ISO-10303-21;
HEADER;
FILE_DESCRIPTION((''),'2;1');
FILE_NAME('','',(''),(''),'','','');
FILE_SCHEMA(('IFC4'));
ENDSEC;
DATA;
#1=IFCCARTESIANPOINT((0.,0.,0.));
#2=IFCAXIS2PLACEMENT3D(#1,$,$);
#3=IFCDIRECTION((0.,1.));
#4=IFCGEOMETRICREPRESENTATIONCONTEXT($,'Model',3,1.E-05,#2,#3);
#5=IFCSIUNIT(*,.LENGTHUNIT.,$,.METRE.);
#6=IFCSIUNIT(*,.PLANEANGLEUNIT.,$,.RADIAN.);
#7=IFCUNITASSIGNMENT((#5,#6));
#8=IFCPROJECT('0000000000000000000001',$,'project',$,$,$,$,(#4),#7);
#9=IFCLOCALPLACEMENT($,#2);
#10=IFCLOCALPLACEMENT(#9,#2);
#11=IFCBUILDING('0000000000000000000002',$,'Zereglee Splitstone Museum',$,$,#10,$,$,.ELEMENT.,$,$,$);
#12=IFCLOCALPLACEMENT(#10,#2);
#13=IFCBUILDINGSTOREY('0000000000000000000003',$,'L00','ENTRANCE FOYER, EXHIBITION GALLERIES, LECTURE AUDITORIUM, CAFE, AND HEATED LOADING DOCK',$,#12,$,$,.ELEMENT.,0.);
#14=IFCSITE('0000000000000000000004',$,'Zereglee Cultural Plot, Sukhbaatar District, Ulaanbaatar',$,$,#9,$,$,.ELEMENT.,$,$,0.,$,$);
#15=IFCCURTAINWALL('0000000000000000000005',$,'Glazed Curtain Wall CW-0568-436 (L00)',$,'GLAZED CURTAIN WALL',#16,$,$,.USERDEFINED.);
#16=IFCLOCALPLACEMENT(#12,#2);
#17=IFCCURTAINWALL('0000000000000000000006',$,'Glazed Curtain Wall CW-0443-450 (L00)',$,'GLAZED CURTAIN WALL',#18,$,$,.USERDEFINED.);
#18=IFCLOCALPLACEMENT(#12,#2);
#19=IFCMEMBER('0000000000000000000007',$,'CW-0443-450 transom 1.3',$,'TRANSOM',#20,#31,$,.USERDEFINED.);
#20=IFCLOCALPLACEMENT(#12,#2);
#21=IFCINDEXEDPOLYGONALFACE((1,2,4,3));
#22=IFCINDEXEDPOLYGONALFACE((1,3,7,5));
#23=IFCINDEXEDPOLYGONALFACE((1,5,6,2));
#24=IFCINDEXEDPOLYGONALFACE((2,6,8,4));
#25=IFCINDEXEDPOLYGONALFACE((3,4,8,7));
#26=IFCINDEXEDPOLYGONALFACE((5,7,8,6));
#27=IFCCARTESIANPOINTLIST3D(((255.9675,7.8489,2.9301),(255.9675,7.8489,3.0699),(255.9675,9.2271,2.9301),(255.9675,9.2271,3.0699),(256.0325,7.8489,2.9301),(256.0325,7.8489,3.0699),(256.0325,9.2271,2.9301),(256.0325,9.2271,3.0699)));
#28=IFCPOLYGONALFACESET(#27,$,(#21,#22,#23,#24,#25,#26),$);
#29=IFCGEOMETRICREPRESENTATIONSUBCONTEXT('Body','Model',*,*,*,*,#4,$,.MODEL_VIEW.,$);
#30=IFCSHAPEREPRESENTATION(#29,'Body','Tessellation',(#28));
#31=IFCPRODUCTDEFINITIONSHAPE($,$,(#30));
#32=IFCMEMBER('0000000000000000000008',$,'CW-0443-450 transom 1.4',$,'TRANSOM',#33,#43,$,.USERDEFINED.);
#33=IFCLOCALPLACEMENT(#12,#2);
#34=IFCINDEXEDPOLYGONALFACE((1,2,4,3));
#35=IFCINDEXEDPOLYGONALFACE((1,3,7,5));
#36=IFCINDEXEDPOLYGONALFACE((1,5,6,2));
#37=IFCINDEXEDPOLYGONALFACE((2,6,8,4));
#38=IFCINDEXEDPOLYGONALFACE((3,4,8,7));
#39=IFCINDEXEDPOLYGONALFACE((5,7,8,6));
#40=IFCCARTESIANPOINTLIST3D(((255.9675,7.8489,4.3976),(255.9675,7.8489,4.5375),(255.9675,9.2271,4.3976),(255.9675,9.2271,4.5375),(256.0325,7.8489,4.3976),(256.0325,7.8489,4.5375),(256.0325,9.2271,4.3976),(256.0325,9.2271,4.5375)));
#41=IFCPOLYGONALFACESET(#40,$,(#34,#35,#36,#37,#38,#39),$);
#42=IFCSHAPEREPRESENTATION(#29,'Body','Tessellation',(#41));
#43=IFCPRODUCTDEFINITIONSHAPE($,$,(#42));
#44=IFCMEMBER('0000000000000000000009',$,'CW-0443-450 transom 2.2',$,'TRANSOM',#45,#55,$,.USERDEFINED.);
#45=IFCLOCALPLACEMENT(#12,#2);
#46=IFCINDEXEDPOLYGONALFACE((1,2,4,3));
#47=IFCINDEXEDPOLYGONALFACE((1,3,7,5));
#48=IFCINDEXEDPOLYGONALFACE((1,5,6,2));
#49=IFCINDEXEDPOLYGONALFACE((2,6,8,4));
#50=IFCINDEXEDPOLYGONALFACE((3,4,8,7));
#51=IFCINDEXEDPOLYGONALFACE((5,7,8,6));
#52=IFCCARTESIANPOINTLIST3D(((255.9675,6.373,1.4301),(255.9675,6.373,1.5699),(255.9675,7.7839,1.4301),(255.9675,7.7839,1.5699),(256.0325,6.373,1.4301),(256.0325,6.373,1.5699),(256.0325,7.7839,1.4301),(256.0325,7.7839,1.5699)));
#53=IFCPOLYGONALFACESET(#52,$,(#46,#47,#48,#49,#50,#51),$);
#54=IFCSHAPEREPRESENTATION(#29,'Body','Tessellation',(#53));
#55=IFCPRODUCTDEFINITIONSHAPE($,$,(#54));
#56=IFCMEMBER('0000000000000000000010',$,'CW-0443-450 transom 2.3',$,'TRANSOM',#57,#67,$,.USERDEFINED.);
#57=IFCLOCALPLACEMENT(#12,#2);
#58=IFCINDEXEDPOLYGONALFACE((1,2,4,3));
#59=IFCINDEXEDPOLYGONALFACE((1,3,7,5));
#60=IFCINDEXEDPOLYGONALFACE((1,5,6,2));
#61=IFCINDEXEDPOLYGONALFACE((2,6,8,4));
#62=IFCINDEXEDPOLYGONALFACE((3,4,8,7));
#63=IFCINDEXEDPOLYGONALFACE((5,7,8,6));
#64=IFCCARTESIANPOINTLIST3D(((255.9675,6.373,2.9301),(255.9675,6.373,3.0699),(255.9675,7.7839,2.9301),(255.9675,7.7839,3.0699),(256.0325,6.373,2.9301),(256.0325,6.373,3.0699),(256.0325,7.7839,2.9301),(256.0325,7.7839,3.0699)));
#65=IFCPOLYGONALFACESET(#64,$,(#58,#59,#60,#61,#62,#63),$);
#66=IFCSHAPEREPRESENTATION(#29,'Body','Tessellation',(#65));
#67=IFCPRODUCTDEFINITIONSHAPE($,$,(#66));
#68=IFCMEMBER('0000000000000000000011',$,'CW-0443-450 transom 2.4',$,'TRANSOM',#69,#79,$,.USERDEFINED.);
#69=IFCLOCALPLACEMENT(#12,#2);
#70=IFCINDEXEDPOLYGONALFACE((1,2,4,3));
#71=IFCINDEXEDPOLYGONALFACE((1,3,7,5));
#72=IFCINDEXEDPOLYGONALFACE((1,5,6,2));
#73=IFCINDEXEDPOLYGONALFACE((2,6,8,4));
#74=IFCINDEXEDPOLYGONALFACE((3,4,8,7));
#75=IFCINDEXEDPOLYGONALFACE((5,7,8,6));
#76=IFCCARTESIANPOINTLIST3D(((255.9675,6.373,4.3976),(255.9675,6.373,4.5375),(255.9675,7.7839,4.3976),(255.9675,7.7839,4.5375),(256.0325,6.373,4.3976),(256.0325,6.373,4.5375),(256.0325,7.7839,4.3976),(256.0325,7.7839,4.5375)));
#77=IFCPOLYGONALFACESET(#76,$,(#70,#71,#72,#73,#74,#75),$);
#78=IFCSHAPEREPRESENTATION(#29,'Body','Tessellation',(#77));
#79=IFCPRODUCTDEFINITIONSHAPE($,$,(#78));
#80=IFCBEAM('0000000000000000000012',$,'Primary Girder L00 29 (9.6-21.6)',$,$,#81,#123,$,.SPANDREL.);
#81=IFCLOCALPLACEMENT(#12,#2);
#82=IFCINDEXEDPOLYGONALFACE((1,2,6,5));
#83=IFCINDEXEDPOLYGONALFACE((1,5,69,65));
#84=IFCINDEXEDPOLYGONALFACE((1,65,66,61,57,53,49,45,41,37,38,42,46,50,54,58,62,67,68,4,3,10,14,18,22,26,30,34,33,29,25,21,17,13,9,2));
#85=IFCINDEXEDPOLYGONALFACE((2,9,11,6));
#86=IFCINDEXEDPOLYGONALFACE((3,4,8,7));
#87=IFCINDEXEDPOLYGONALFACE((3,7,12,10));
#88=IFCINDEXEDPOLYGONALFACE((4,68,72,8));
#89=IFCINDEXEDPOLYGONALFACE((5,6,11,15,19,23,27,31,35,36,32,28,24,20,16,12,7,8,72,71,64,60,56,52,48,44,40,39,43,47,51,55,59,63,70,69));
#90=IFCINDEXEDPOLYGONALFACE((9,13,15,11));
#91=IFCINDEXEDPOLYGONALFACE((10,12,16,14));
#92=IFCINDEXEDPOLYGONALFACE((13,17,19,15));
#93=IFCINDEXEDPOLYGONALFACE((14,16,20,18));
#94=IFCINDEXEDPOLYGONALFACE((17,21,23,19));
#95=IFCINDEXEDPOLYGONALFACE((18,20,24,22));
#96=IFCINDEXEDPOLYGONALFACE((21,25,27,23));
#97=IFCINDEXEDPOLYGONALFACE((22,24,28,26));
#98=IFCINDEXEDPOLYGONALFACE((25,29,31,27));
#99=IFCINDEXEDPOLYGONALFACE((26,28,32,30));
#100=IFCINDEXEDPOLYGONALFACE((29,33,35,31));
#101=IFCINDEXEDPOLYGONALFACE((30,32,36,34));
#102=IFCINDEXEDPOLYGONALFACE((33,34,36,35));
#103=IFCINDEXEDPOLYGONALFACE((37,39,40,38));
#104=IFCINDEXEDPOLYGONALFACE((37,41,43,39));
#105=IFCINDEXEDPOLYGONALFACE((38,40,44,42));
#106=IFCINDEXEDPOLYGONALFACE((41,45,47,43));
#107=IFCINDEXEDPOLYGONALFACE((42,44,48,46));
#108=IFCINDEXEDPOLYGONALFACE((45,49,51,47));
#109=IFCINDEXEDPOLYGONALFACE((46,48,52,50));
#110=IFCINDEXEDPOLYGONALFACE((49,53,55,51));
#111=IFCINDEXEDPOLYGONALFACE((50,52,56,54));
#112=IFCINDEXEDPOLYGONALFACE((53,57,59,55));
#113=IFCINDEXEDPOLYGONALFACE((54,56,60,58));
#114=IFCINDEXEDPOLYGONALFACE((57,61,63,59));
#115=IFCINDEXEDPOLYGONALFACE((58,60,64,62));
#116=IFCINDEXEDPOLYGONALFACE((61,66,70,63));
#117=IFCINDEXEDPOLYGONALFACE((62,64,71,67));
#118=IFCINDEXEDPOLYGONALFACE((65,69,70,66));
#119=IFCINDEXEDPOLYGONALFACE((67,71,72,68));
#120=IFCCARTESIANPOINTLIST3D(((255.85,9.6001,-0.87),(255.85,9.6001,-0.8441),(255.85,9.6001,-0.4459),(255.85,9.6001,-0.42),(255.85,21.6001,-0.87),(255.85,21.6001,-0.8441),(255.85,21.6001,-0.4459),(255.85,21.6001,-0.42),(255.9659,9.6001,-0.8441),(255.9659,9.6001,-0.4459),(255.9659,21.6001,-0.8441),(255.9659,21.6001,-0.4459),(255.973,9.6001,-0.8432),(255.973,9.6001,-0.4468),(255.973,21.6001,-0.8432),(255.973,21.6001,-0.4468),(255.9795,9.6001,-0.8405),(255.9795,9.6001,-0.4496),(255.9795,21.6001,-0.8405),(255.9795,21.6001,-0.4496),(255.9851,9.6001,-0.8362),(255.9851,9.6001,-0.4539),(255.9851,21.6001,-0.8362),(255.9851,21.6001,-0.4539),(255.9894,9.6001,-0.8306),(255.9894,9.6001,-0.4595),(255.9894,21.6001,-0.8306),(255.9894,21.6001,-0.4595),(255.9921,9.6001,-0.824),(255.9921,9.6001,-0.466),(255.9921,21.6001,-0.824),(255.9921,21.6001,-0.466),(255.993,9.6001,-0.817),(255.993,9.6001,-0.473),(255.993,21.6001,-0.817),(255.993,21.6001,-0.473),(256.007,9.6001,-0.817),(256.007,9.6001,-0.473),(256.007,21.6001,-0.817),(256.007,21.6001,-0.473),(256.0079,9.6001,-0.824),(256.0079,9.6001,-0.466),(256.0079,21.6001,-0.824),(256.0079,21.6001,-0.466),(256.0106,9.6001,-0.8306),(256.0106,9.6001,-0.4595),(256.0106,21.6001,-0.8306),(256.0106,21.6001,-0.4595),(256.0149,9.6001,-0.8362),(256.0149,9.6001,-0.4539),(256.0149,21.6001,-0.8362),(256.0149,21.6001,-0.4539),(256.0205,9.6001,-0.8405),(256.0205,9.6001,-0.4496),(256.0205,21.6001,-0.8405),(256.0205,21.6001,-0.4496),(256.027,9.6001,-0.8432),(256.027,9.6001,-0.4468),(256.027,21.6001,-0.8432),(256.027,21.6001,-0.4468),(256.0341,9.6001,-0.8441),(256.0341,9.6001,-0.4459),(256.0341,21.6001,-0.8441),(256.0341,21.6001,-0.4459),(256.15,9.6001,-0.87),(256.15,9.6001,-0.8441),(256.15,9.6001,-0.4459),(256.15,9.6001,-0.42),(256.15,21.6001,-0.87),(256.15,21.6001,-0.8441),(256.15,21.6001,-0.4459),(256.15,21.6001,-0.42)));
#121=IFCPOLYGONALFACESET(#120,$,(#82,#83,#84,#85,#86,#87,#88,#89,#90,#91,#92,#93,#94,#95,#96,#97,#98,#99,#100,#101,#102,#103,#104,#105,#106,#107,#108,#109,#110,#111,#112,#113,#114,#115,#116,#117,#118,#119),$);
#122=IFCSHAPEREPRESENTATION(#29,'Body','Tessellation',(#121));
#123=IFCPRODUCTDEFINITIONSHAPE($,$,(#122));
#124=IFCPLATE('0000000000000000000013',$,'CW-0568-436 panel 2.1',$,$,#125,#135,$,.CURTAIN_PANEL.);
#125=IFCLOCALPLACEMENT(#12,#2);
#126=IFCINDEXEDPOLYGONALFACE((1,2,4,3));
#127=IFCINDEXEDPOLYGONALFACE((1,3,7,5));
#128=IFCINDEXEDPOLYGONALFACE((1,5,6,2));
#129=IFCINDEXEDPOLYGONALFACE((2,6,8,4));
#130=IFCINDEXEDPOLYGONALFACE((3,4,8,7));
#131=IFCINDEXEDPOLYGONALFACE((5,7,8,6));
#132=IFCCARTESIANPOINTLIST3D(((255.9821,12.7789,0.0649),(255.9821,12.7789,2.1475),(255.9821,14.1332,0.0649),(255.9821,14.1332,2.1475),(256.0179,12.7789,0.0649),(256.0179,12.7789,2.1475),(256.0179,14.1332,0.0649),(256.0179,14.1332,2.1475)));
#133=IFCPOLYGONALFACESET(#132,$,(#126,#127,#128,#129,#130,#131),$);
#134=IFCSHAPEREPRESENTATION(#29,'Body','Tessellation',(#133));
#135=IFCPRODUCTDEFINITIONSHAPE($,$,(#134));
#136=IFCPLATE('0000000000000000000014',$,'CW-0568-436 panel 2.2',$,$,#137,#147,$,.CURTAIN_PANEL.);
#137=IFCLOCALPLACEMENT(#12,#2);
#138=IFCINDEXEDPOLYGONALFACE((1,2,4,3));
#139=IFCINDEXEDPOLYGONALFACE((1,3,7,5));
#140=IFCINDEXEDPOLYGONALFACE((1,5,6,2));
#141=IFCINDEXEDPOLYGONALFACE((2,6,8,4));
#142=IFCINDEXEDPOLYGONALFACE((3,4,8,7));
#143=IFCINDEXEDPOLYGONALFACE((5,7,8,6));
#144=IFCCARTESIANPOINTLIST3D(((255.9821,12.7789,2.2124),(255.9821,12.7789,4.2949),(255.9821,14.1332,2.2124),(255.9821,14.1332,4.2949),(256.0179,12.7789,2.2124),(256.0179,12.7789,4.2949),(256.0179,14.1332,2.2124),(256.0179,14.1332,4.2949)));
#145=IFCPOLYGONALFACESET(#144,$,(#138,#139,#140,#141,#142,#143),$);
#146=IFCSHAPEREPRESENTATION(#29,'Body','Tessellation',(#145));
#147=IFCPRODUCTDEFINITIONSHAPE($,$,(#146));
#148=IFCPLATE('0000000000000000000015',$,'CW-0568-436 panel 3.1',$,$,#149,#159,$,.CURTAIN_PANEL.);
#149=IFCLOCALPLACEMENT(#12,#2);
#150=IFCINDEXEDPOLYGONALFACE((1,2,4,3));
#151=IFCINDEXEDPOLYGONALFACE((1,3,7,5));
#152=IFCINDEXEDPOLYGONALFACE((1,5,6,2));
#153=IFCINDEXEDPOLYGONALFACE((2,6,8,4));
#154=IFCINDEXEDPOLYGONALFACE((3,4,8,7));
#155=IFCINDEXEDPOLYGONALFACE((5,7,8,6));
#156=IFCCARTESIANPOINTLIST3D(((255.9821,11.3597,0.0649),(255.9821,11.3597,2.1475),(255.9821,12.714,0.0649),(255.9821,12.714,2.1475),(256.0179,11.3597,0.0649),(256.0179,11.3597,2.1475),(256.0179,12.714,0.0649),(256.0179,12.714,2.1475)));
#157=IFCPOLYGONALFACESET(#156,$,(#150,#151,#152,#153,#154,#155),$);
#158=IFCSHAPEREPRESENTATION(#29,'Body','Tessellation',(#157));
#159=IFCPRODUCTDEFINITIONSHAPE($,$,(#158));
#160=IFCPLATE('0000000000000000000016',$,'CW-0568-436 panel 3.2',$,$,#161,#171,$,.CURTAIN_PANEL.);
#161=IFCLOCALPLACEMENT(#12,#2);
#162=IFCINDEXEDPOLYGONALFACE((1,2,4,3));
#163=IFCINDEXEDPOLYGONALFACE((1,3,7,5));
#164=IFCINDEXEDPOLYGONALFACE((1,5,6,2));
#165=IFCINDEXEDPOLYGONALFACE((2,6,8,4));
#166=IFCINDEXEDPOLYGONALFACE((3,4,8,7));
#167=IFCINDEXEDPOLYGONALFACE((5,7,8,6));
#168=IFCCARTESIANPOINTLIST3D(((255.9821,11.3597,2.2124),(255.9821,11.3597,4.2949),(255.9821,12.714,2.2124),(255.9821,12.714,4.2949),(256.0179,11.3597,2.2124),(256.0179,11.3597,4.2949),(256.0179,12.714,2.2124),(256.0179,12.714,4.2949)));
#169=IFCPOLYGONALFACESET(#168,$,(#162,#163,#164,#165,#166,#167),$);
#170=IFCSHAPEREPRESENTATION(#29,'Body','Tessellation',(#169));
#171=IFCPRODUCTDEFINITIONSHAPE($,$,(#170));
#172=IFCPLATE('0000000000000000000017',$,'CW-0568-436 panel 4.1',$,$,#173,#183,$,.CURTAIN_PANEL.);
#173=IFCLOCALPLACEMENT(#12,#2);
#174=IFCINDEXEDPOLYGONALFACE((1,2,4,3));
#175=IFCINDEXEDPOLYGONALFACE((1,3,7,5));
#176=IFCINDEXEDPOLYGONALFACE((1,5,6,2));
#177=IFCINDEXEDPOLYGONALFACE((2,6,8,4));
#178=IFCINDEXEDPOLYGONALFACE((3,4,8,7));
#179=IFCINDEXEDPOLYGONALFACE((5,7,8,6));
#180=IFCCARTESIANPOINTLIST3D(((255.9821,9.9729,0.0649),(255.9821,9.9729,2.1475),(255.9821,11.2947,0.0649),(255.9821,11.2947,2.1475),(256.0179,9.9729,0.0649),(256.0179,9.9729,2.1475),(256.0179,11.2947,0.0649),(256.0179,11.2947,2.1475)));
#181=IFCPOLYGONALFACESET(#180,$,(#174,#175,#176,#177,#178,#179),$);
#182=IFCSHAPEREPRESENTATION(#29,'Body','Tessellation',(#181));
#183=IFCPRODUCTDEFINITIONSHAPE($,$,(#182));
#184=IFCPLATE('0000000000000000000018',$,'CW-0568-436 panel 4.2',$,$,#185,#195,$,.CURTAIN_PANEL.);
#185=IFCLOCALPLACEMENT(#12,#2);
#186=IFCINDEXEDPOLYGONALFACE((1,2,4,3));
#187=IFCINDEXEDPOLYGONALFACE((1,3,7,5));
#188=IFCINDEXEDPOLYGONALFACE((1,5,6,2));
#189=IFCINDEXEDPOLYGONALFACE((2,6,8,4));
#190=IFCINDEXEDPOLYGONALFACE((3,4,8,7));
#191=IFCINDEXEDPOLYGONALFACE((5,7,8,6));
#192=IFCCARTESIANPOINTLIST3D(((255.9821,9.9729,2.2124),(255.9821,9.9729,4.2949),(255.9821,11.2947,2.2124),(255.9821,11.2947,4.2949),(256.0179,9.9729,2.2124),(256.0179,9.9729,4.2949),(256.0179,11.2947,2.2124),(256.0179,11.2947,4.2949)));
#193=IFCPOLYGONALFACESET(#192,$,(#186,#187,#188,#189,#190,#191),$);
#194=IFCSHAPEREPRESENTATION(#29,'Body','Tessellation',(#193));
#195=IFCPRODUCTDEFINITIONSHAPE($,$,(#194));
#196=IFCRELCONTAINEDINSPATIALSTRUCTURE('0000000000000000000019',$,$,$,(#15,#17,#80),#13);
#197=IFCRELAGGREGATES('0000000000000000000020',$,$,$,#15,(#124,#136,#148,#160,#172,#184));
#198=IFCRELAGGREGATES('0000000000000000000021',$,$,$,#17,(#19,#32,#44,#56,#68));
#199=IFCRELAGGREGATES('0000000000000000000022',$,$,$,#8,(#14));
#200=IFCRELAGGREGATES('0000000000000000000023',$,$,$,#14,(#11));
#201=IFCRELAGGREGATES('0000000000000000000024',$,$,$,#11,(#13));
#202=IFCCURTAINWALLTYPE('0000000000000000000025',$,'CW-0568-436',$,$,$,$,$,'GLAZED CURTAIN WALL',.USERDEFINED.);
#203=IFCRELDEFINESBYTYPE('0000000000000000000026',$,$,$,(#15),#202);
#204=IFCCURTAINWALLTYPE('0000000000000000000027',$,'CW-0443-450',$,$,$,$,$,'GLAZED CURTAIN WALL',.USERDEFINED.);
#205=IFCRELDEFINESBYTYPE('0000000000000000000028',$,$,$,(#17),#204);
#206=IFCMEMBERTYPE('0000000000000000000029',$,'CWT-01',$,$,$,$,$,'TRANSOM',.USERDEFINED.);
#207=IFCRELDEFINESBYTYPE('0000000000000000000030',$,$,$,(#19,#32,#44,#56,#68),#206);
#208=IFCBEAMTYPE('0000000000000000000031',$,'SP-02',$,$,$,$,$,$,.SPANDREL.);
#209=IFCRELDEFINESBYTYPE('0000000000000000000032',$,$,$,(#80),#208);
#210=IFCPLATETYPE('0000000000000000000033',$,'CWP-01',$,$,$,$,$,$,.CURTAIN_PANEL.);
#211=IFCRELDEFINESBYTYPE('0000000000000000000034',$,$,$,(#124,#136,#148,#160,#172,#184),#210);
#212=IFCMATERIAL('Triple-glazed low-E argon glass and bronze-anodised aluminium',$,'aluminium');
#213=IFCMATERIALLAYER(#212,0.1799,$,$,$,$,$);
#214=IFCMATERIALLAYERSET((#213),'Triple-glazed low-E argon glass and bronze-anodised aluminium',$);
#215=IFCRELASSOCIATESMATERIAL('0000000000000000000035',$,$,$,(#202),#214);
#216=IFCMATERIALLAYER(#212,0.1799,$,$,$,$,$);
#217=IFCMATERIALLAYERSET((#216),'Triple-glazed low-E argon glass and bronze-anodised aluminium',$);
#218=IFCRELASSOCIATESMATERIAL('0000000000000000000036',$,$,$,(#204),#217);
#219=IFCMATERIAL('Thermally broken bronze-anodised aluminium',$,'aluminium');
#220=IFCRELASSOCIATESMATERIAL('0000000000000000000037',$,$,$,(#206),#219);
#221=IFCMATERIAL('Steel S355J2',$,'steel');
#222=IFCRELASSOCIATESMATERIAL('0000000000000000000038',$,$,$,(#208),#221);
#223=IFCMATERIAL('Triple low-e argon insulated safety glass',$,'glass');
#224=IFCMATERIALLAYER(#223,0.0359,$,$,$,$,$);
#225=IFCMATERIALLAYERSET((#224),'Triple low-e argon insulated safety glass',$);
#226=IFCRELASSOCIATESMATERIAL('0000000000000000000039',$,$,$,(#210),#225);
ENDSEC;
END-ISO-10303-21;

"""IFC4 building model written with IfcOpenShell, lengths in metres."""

from ifc_helpers import new_model, si_unit, direction, frame, origin, origin_2d, place, context, subcontext, project, spatial, rectangle, i_section, extrude, material, layer, layer_set, material_profile, profile_set, type_object, element, aggregate, save


model = new_model("IFC4")

# Units and contexts
model_context = context("Model", 3, precision=1e-05, world=origin(), true_north=direction((0.0, 1.0)))
body_context = subcontext(model_context, "Body", "Model", "MODEL_VIEW")
ifc_project = project(units=[si_unit("LENGTHUNIT", "METRE"), si_unit("PLANEANGLEUNIT", "RADIAN")], contexts=[model_context])

# Site, building, storey
site_placement = place(None, origin())
site = spatial("IfcSite", under=ifc_project, at=site_placement, Name="Zereglee Cultural Plot, Sukhbaatar District, Ulaanbaatar", CompositionType="ELEMENT", RefElevation=0.0)
building_placement = place(site_placement, origin())
building = spatial("IfcBuilding", under=site, at=building_placement, Name="Zereglee Splitstone Museum", CompositionType="ELEMENT")
storey_placement = place(building_placement, origin())
storey = spatial("IfcBuildingStorey", under=building, at=storey_placement, Name="L00", Description="ENTRANCE FOYER, EXHIBITION GALLERIES, LECTURE AUDITORIUM, CAFE, AND HEATED LOADING DOCK", CompositionType="ELEMENT", Elevation=0.0)

# Curtain walls
ifc_material_1 = material(Name="Triple-glazed low-E argon glass and bronze-anodised aluminium", Category="aluminium")
ifc_layer_1 = layer(ifc_material_1, 0.1799)
ifc_layer_set_1 = layer_set([ifc_layer_1], Name="Triple-glazed low-E argon glass and bronze-anodised aluminium")
curtain_wall_type_1 = type_object("IfcCurtainWallType", Name="CW-0568-436", ElementType="GLAZED CURTAIN WALL", PredefinedType="USERDEFINED", material=ifc_layer_set_1)
curtain_wall_1_placement = place(storey_placement, origin())
curtain_wall_1 = element("IfcCurtainWall", 1, at=curtain_wall_1_placement, inside=storey, type_object=curtain_wall_type_1, Name="Glazed Curtain Wall CW-0568-436 (L00)", ObjectType="GLAZED CURTAIN WALL", PredefinedType="USERDEFINED")
ifc_material_2 = material(Name="Thermally broken bronze-anodised aluminium", Category="aluminium")
ifc_layer_2 = layer(ifc_material_1, 0.1799)
ifc_layer_set_2 = layer_set([ifc_layer_2], Name="Triple-glazed low-E argon glass and bronze-anodised aluminium")
curtain_wall_type_2 = type_object("IfcCurtainWallType", Name="CW-0443-450", ElementType="GLAZED CURTAIN WALL", PredefinedType="USERDEFINED", material=ifc_layer_set_2)
curtain_wall_2_placement = place(storey_placement, origin())
curtain_wall_2 = element("IfcCurtainWall", 2, at=curtain_wall_2_placement, inside=storey, type_object=curtain_wall_type_2, Name="Glazed Curtain Wall CW-0443-450 (L00)", ObjectType="GLAZED CURTAIN WALL", PredefinedType="USERDEFINED")

# Members
ifc_material_profile_1 = material_profile(ifc_material_2, rectangle(XDim=0.0649, YDim=0.1399, at=origin_2d()), Name="CW TRAN 65x140")
ifc_profile_set_1 = profile_set([ifc_material_profile_1], Name="Thermally broken bronze-anodised aluminium")
member_type_1 = type_object("IfcMemberType", Name="CWT-01", ElementType="TRANSOM", PredefinedType="USERDEFINED", material=ifc_profile_set_1)
member_1_placement = place(storey_placement, frame((256.0, 9.2271, 3.0), z_axis=(0.0, -1.0, 0.0), x_axis=(1.0, 0.0, 0.0)))
member_1 = element("IfcMember", 3, at=member_1_placement, type_object=member_type_1, Name="CW-0443-450 transom 1.3", ObjectType="TRANSOM", PredefinedType="USERDEFINED", context=body_context, shape_type="SweptSolid", body=[
    extrude(rectangle(XDim=0.0649, YDim=0.1399, at=origin_2d()), origin(), (0.0, 0.0, 1.0), 1.3782),
])
member_2_placement = place(storey_placement, frame((256.0, 9.2271, 4.4675), z_axis=(0.0, -1.0, 0.0), x_axis=(1.0, 0.0, 0.0)))
member_2 = element("IfcMember", 4, at=member_2_placement, type_object=member_type_1, Name="CW-0443-450 transom 1.4", ObjectType="TRANSOM", PredefinedType="USERDEFINED", context=body_context, shape_type="SweptSolid", body=[
    extrude(rectangle(XDim=0.0649, YDim=0.1399, at=origin_2d()), origin(), (0.0, 0.0, 1.0), 1.3782),
])
member_3_placement = place(storey_placement, frame((256.0, 7.7839, 1.5), z_axis=(0.0, -1.0, 0.0), x_axis=(1.0, 0.0, 0.0)))
member_3 = element("IfcMember", 5, at=member_3_placement, type_object=member_type_1, Name="CW-0443-450 transom 2.2", ObjectType="TRANSOM", PredefinedType="USERDEFINED", context=body_context, shape_type="SweptSolid", body=[
    extrude(rectangle(XDim=0.0649, YDim=0.1399, at=origin_2d()), origin(), (0.0, 0.0, 1.0), 1.4109),
])
member_4_placement = place(storey_placement, frame((256.0, 7.7839, 3.0), z_axis=(0.0, -1.0, 0.0), x_axis=(1.0, 0.0, 0.0)))
member_4 = element("IfcMember", 6, at=member_4_placement, type_object=member_type_1, Name="CW-0443-450 transom 2.3", ObjectType="TRANSOM", PredefinedType="USERDEFINED", context=body_context, shape_type="SweptSolid", body=[
    extrude(rectangle(XDim=0.0649, YDim=0.1399, at=origin_2d()), origin(), (0.0, 0.0, 1.0), 1.4109),
])
member_5_placement = place(storey_placement, frame((256.0, 7.7839, 4.4675), z_axis=(0.0, -1.0, 0.0), x_axis=(1.0, 0.0, 0.0)))
member_5 = element("IfcMember", 7, at=member_5_placement, type_object=member_type_1, Name="CW-0443-450 transom 2.4", ObjectType="TRANSOM", PredefinedType="USERDEFINED", context=body_context, shape_type="SweptSolid", body=[
    extrude(rectangle(XDim=0.0649, YDim=0.1399, at=origin_2d()), origin(), (0.0, 0.0, 1.0), 1.4109),
])

# Beam
ifc_material_3 = material(Name="Steel S355J2", Category="steel")
ifc_material_profile_2 = material_profile(ifc_material_3, i_section(OverallWidth=0.3, OverallDepth=0.45, WebThickness=0.0139, FlangeThickness=0.0259, FilletRadius=0.0271, at=origin_2d()), Name="HE 450 B")
ifc_profile_set_2 = profile_set([ifc_material_profile_2], Name="Steel S355J2")
beam_type = type_object("IfcBeamType", Name="SP-02", PredefinedType="SPANDREL", material=ifc_profile_set_2)
beam_placement = place(storey_placement, frame((256.0, 9.6001, -0.645), z_axis=(0.0, 1.0, 0.0), x_axis=(-1.0, 0.0, 0.0)))
element("IfcBeam", 8, at=beam_placement, inside=storey, type_object=beam_type, Name="Primary Girder L00 29 (9.6-21.6)", PredefinedType="SPANDREL", context=body_context, shape_type="SweptSolid", body=[
    extrude(i_section(OverallWidth=0.3, OverallDepth=0.45, WebThickness=0.0139, FlangeThickness=0.0259, FilletRadius=0.0271, at=origin_2d()), origin(), (0.0, 0.0, 1.0), 12.0),
])

# Plates
ifc_material_4 = material(Name="Triple low-e argon insulated safety glass", Category="glass")
ifc_layer_3 = layer(ifc_material_4, 0.0359)
ifc_layer_set_3 = layer_set([ifc_layer_3], Name="Triple low-e argon insulated safety glass")
plate_type = type_object("IfcPlateType", Name="CWP-01", PredefinedType="CURTAIN_PANEL", material=ifc_layer_set_3)
plate_1_placement = place(storey_placement, frame((256.0, 13.4561, 0.0649), z_axis=(0.0, 0.0, 1.0), x_axis=(0.0, -1.0, 0.0)))
plate_1 = element("IfcPlate", 9, at=plate_1_placement, type_object=plate_type, Name="CW-0568-436 panel 2.1", PredefinedType="CURTAIN_PANEL", context=body_context, shape_type="SweptSolid", body=[
    extrude(rectangle(XDim=1.3542, YDim=0.0359, at=origin_2d()), origin(), (0.0, 0.0, 1.0), 2.0825),
])
plate_2_placement = place(storey_placement, frame((256.0, 13.4561, 2.2124), z_axis=(0.0, 0.0, 1.0), x_axis=(0.0, -1.0, 0.0)))
plate_2 = element("IfcPlate", 10, at=plate_2_placement, type_object=plate_type, Name="CW-0568-436 panel 2.2", PredefinedType="CURTAIN_PANEL", context=body_context, shape_type="SweptSolid", body=[
    extrude(rectangle(XDim=1.3542, YDim=0.0359, at=origin_2d()), origin(), (0.0, 0.0, 1.0), 2.0825),
])
plate_3_placement = place(storey_placement, frame((256.0, 12.0369, 0.0649), z_axis=(0.0, 0.0, 1.0), x_axis=(0.0, -1.0, 0.0)))
plate_3 = element("IfcPlate", 11, at=plate_3_placement, type_object=plate_type, Name="CW-0568-436 panel 3.1", PredefinedType="CURTAIN_PANEL", context=body_context, shape_type="SweptSolid", body=[
    extrude(rectangle(XDim=1.3542, YDim=0.0359, at=origin_2d()), origin(), (0.0, 0.0, 1.0), 2.0825),
])
plate_4_placement = place(storey_placement, frame((256.0, 12.0369, 2.2124), z_axis=(0.0, 0.0, 1.0), x_axis=(0.0, -1.0, 0.0)))
plate_4 = element("IfcPlate", 12, at=plate_4_placement, type_object=plate_type, Name="CW-0568-436 panel 3.2", PredefinedType="CURTAIN_PANEL", context=body_context, shape_type="SweptSolid", body=[
    extrude(rectangle(XDim=1.3542, YDim=0.0359, at=origin_2d()), origin(), (0.0, 0.0, 1.0), 2.0825),
])
plate_5_placement = place(storey_placement, frame((256.0, 10.6338, 0.0649), z_axis=(0.0, 0.0, 1.0), x_axis=(0.0, -1.0, 0.0)))
plate_5 = element("IfcPlate", 13, at=plate_5_placement, type_object=plate_type, Name="CW-0568-436 panel 4.1", PredefinedType="CURTAIN_PANEL", context=body_context, shape_type="SweptSolid", body=[
    extrude(rectangle(XDim=1.3218, YDim=0.0359, at=origin_2d()), origin(), (0.0, 0.0, 1.0), 2.0825),
])
plate_6_placement = place(storey_placement, frame((256.0, 10.6338, 2.2124), z_axis=(0.0, 0.0, 1.0), x_axis=(0.0, -1.0, 0.0)))
plate_6 = element("IfcPlate", 14, at=plate_6_placement, type_object=plate_type, Name="CW-0568-436 panel 4.2", PredefinedType="CURTAIN_PANEL", context=body_context, shape_type="SweptSolid", body=[
    extrude(rectangle(XDim=1.3218, YDim=0.0359, at=origin_2d()), origin(), (0.0, 0.0, 1.0), 2.0825),
])
aggregate(curtain_wall_1, [plate_1, plate_2, plate_3, plate_4, plate_5, plate_6])
aggregate(curtain_wall_2, [member_1, member_2, member_3, member_4, member_5])

save(model, "model.ifc")
